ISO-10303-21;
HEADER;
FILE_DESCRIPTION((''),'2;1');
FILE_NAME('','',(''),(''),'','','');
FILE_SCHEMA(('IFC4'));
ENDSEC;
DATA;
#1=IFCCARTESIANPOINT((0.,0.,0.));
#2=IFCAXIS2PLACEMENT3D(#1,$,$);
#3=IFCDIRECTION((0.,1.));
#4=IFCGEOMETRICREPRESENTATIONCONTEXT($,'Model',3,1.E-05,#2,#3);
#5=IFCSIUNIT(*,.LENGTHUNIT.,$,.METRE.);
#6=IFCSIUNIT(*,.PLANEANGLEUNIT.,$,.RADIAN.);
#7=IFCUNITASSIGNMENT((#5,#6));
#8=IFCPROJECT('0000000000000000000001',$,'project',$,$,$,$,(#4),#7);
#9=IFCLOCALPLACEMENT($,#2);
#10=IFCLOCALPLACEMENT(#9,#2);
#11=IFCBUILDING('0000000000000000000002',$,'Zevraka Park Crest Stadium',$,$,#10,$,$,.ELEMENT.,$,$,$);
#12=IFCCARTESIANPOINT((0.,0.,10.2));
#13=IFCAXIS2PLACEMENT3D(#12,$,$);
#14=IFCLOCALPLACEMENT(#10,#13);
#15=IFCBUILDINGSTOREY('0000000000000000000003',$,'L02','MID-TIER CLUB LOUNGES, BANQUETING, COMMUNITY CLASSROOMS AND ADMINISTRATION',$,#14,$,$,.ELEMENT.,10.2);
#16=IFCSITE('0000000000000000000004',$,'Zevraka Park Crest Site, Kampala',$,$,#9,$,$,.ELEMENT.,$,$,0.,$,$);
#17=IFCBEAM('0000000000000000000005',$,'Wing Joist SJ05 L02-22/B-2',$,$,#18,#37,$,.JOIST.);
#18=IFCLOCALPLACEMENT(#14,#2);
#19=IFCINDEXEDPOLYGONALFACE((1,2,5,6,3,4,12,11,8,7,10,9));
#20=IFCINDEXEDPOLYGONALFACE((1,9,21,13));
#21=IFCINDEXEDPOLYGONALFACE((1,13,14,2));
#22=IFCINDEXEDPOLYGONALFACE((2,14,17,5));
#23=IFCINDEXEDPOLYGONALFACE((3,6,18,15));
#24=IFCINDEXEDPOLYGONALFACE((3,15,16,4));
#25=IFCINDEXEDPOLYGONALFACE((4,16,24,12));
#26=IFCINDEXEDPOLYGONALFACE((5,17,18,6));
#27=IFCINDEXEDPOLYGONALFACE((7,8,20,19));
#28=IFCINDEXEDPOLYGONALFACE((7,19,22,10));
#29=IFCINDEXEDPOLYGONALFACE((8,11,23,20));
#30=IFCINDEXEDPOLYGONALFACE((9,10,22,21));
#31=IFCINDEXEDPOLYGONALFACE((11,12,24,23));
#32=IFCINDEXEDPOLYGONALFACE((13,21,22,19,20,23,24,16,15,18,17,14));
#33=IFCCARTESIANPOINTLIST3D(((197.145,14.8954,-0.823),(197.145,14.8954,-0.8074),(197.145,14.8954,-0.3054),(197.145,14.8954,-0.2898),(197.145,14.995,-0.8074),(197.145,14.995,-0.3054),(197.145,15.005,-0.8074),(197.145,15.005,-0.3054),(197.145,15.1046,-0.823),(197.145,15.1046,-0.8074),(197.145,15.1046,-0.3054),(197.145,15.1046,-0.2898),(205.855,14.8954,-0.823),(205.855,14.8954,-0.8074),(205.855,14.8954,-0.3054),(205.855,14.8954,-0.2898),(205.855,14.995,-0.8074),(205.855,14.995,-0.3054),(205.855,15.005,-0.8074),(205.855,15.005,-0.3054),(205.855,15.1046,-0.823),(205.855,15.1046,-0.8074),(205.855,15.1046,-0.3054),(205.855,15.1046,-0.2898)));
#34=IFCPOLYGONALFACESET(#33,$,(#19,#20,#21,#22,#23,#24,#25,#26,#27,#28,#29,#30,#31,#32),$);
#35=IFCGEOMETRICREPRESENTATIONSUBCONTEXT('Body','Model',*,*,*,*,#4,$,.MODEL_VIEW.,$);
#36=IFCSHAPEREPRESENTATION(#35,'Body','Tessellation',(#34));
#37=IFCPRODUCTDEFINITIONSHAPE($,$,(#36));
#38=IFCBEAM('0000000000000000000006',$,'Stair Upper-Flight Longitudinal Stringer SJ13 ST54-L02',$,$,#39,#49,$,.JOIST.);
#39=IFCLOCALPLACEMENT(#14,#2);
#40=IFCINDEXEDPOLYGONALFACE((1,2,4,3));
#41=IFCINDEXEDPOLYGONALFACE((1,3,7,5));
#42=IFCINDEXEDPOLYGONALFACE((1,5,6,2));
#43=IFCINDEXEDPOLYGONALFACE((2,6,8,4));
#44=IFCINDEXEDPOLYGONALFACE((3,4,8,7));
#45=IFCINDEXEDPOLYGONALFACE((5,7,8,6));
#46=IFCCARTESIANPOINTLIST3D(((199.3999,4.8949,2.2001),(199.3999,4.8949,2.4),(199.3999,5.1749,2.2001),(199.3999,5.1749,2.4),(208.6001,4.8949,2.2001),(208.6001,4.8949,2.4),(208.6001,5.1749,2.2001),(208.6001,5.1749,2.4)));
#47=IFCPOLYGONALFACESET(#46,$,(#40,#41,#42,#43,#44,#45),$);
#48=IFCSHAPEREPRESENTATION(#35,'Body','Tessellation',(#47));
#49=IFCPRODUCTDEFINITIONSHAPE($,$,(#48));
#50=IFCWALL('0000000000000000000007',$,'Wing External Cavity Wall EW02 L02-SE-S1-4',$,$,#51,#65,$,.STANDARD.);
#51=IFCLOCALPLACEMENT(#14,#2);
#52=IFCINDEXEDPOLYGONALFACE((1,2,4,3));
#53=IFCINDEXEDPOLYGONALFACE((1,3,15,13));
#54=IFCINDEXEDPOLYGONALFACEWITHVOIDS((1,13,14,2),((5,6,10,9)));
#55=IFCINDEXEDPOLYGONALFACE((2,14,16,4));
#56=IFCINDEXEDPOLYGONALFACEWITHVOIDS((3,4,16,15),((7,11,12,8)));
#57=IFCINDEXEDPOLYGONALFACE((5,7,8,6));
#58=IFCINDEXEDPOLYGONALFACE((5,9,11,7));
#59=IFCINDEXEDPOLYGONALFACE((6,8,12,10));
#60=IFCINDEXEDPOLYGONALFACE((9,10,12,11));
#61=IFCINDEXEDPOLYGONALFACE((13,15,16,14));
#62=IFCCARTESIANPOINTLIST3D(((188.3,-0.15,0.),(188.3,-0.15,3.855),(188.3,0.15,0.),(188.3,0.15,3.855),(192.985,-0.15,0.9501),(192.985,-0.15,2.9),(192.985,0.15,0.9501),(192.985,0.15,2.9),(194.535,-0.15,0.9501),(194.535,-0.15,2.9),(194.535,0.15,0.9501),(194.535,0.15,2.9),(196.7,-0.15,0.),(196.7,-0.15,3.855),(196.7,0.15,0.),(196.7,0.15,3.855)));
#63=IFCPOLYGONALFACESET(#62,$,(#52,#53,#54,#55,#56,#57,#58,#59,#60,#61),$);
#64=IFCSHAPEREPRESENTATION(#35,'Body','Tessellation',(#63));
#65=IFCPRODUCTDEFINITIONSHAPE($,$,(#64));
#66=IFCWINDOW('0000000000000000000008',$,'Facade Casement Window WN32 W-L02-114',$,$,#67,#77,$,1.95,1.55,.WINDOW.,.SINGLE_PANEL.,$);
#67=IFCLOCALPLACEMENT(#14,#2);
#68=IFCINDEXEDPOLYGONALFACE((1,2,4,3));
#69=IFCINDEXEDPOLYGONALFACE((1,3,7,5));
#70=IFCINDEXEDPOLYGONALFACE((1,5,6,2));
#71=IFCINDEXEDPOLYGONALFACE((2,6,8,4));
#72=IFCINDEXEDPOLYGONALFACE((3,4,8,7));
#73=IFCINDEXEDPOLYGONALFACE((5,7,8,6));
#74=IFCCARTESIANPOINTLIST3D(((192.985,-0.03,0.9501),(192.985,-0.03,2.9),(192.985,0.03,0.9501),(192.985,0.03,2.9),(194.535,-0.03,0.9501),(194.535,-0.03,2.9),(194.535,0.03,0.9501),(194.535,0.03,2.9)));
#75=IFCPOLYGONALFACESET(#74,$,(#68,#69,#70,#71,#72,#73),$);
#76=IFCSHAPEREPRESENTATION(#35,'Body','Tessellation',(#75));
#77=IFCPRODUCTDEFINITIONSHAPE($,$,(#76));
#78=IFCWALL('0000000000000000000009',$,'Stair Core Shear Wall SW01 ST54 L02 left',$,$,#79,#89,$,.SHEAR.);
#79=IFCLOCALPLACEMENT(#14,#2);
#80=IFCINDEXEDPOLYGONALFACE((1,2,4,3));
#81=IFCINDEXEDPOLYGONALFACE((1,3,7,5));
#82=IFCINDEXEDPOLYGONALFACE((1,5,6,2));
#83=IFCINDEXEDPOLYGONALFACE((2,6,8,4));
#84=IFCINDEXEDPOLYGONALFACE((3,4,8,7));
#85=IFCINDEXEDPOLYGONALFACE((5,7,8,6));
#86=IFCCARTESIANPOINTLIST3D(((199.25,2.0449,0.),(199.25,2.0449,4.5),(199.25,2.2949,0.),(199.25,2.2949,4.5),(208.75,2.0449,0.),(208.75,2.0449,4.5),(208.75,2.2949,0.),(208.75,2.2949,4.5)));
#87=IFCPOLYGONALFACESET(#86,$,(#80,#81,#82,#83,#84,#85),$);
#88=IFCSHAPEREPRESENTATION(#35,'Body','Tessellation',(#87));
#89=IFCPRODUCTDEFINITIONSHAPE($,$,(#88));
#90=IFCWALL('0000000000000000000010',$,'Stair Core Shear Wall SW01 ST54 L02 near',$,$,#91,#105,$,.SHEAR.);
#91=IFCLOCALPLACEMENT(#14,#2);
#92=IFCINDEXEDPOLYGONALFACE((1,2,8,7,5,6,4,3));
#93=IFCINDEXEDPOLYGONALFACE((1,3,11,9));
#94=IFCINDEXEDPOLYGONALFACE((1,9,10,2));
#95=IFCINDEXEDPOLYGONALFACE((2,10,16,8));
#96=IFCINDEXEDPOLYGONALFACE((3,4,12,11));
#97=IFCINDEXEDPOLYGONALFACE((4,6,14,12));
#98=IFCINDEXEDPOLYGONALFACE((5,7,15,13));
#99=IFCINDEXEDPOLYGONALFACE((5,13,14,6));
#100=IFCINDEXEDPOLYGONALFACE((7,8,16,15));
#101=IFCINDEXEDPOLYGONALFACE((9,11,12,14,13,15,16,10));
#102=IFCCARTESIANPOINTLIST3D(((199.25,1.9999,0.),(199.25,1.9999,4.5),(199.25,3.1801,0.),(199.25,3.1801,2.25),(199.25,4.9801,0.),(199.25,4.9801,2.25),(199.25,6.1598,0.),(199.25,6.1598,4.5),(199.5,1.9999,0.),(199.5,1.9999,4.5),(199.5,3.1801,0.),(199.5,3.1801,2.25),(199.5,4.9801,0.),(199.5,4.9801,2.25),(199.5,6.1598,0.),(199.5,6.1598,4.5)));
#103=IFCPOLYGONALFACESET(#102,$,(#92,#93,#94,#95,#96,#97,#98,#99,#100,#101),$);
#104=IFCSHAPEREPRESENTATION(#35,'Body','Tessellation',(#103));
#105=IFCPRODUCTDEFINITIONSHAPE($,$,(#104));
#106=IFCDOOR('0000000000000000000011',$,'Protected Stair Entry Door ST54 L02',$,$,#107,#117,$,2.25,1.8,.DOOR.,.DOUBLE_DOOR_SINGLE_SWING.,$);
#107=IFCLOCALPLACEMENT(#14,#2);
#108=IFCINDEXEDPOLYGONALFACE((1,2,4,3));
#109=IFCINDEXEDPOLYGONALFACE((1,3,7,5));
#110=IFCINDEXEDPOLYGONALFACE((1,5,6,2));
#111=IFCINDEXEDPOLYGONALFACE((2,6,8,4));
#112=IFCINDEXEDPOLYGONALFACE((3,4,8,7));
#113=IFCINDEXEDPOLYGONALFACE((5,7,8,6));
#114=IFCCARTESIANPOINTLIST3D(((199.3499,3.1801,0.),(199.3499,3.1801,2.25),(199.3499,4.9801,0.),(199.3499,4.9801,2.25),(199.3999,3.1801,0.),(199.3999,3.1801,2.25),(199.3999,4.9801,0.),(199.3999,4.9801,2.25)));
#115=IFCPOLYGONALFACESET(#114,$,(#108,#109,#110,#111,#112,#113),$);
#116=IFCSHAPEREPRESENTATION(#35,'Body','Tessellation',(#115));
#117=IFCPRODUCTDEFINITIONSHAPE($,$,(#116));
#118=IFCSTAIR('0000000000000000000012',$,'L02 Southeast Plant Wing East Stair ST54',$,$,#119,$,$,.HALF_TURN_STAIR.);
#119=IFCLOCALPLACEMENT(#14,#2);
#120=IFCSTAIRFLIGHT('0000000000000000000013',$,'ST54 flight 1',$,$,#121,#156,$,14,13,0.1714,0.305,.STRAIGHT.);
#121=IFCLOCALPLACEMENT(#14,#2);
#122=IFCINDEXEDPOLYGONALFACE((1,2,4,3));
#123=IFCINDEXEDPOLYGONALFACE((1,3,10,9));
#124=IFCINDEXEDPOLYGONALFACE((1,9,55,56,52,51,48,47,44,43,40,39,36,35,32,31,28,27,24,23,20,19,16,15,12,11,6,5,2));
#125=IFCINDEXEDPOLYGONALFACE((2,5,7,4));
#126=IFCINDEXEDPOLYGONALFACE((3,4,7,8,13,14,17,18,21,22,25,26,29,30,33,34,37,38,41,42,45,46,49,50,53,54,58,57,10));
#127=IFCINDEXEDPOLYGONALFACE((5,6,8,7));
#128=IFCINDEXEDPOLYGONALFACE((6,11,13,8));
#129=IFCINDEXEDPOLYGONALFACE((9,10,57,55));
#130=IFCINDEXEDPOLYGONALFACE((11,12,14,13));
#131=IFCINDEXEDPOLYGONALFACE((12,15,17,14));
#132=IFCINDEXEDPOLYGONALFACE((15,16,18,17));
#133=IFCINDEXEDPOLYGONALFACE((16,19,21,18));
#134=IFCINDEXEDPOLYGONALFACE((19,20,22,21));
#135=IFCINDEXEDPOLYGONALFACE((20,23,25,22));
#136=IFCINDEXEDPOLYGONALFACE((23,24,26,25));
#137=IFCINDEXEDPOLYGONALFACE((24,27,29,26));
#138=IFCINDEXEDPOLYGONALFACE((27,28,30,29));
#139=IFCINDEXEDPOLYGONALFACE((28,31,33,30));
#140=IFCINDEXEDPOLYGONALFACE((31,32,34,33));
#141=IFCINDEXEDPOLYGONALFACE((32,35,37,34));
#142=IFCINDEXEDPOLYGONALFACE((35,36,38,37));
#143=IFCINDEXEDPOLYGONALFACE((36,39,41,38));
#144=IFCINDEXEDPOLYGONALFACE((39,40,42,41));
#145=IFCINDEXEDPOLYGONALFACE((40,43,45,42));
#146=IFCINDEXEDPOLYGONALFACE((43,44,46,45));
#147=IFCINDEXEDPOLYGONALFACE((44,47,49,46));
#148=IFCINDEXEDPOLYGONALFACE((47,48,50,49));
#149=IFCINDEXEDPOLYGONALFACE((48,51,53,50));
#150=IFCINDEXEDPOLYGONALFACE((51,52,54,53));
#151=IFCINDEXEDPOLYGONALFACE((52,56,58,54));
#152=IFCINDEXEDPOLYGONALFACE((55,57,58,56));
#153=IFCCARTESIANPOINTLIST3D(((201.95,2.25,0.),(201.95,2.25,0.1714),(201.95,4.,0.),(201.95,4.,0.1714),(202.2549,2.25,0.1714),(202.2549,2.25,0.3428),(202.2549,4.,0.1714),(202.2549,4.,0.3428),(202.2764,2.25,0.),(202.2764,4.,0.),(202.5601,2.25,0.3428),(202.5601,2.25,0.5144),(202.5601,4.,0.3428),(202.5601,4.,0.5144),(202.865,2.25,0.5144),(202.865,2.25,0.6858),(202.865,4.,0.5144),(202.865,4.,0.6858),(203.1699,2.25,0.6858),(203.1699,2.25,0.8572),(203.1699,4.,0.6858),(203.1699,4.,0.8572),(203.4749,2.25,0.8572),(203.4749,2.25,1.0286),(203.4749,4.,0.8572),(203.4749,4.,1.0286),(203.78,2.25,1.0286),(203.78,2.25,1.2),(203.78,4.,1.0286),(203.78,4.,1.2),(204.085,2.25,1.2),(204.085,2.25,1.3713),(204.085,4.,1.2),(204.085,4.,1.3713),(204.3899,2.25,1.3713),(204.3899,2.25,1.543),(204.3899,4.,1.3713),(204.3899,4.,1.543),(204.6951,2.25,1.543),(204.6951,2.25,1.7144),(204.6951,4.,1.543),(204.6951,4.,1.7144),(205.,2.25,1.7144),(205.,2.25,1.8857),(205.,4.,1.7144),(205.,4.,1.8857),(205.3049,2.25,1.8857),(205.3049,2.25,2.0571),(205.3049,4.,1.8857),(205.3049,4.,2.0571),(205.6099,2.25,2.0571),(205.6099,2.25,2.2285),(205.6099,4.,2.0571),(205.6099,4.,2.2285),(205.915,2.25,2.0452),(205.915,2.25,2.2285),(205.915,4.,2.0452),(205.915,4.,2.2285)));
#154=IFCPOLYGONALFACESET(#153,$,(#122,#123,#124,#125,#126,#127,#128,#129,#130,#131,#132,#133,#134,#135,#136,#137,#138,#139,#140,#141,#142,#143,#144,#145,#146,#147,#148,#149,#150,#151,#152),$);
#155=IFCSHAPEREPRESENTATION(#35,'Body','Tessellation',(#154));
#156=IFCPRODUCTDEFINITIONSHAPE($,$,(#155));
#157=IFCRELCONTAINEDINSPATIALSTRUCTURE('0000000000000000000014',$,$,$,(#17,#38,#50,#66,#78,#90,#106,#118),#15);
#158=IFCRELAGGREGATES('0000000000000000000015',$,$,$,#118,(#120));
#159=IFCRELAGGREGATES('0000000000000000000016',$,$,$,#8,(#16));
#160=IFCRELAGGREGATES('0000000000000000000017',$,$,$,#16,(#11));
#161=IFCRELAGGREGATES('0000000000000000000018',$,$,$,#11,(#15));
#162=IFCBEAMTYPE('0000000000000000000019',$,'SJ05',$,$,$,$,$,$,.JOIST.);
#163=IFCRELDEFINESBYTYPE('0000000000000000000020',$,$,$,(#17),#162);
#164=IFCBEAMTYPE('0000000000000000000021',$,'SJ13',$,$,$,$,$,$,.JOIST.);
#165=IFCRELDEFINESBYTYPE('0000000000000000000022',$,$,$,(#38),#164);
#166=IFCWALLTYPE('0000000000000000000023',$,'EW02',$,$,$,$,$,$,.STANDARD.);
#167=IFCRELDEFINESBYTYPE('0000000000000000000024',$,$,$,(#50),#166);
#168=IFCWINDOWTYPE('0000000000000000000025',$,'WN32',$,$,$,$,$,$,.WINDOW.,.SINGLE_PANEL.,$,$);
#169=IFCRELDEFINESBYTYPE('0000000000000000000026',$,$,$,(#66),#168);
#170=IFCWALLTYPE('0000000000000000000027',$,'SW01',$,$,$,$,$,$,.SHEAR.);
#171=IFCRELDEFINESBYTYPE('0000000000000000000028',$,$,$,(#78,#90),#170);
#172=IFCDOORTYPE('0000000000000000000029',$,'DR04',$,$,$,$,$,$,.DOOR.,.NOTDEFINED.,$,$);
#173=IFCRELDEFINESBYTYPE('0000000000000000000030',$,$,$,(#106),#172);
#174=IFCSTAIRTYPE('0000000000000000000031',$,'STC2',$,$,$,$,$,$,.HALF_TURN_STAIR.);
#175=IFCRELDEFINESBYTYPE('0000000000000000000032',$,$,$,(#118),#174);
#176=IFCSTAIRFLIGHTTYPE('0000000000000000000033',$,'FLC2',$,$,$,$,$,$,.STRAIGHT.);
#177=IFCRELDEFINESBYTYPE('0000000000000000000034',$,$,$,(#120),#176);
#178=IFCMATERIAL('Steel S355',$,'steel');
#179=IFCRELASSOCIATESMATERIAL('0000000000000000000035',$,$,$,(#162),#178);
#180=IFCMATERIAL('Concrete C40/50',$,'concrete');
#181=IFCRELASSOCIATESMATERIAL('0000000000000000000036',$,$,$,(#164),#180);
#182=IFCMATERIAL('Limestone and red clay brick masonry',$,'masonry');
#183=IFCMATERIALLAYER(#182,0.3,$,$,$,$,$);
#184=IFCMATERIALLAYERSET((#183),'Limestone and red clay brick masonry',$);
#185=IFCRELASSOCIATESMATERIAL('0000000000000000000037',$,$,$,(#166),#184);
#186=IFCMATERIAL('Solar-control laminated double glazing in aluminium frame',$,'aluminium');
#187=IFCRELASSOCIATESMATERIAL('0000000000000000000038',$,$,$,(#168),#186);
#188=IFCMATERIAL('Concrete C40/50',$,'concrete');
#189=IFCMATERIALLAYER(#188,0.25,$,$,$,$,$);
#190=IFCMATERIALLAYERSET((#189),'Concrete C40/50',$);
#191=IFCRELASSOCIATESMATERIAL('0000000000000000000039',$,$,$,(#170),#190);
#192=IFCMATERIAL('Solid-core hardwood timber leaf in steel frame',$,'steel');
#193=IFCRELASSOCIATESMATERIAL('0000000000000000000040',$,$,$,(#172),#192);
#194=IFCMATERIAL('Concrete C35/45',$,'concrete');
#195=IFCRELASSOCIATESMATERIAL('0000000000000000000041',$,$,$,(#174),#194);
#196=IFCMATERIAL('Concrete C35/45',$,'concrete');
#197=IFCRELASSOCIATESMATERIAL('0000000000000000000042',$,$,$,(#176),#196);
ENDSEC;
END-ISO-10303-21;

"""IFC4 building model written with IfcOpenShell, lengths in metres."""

from ifc_helpers import new_model, si_unit, direction, frame, frame_2d, origin, origin_2d, place, context, subcontext, project, spatial, polyline, rectangle, i_section, outline, extrude, material, layer, layer_set, material_profile, profile_set, type_object, element, fill, aggregate, save


model = new_model("IFC4")

# Units and contexts
model_context = context("Model", 3, precision=1e-05, world=origin(), true_north=direction((0.0, 1.0)))
body_context = subcontext(model_context, "Body", "Model", "MODEL_VIEW")
ifc_project = project(units=[si_unit("LENGTHUNIT", "METRE"), si_unit("PLANEANGLEUNIT", "RADIAN")], contexts=[model_context])

# Site, building, storey
site_placement = place(None, origin())
site = spatial("IfcSite", under=ifc_project, at=site_placement, Name="Zevraka Park Crest Site, Kampala", CompositionType="ELEMENT", RefElevation=0.0)
building_placement = place(site_placement, origin())
building = spatial("IfcBuilding", under=site, at=building_placement, Name="Zevraka Park Crest Stadium", CompositionType="ELEMENT")
storey_placement = place(building_placement, frame((0.0, 0.0, 10.2)))
storey = spatial("IfcBuildingStorey", under=building, at=storey_placement, Name="L02", Description="MID-TIER CLUB LOUNGES, BANQUETING, COMMUNITY CLASSROOMS AND ADMINISTRATION", CompositionType="ELEMENT", Elevation=10.2)

# Beams
ifc_material_1 = material(Name="Steel S355", Category="steel")
ifc_material_profile_1 = material_profile(ifc_material_1, i_section(OverallWidth=0.2092, OverallDepth=0.5332, WebThickness=0.01, FlangeThickness=0.0156, at=origin_2d()), Name="UKB 533x210x92")
ifc_profile_set_1 = profile_set([ifc_material_profile_1], Name="Steel S355")
beam_type_1 = type_object("IfcBeamType", Name="SJ05", PredefinedType="JOIST", material=ifc_profile_set_1)
for number, where, z_axis, x_axis, name in (
    (1, (197.145, 15.0, -0.5564), (1.0, 0.0, 0.0), (0.0, 1.0, 0.0), "Wing Joist SJ05 L02-22/B-2"),
):
    element("IfcBeam", number, at=place(storey_placement, frame(where, z_axis=z_axis, x_axis=x_axis)), inside=storey, type_object=beam_type_1, Name=name, PredefinedType="JOIST", context=body_context, shape_type="SweptSolid", body=[
        extrude(i_section(OverallWidth=0.2092, OverallDepth=0.5332, WebThickness=0.01, FlangeThickness=0.0156, at=origin_2d()), origin(), (0.0, 0.0, 1.0), 8.71),
    ])
ifc_material_2 = material(Name="Concrete C40/50", Category="concrete")
ifc_material_profile_2 = material_profile(ifc_material_2, rectangle(XDim=0.28, YDim=0.2, at=origin_2d()), Name="RC 200x280")
ifc_profile_set_2 = profile_set([ifc_material_profile_2], Name="Concrete C40/50")
beam_type_2 = type_object("IfcBeamType", Name="SJ13", PredefinedType="JOIST", material=ifc_profile_set_2)
beam_placement = place(storey_placement, frame((199.3999, 5.0349, 2.3), z_axis=(1.0, 0.0, 0.0), x_axis=(0.0, 1.0, 0.0)))
element("IfcBeam", 2, at=beam_placement, inside=storey, type_object=beam_type_2, Name="Stair Upper-Flight Longitudinal Stringer SJ13 ST54-L02", PredefinedType="JOIST", context=body_context, shape_type="SweptSolid", body=[
    extrude(rectangle(XDim=0.28, YDim=0.2, at=origin_2d()), origin(), (0.0, 0.0, 1.0), 9.2002),
])

# Wall, opening, window
ifc_material_3 = material(Name="Limestone and red clay brick masonry", Category="masonry")
ifc_layer_1 = layer(ifc_material_3, 0.3)
ifc_layer_set_1 = layer_set([ifc_layer_1], Name="Limestone and red clay brick masonry")
wall_type_1 = type_object("IfcWallType", Name="EW02", PredefinedType="STANDARD", material=ifc_layer_set_1)
wall_1_placement = place(storey_placement, frame((196.7, 0.0, 0.0), z_axis=(0.0, 0.0, 1.0), x_axis=(-1.0, 0.0, 0.0)))
wall_1 = element("IfcWall", 3, at=wall_1_placement, inside=storey, type_object=wall_type_1, Name="Wing External Cavity Wall EW02 L02-SE-S1-4", PredefinedType="STANDARD", context=body_context, shape_type="SweptSolid", body=[
    extrude(rectangle(XDim=8.3999, YDim=0.3, at=frame_2d((4.2, 0.0))), origin(), (0.0, 0.0, 1.0), 3.855),
])
opening_1_placement = place(wall_1_placement, frame((2.165, 0.0, 0.95)))
opening_1 = element("IfcOpeningElement", 4, at=opening_1_placement, cuts=wall_1, PredefinedType="OPENING", context=body_context, shape_type="SweptSolid", body=[
    extrude(rectangle(XDim=1.55, YDim=1.95, at=frame_2d((0.7749, 0.9751))), frame((0.0, 0.1599, 0.0), z_axis=(0.0, -1.0, 0.0), x_axis=(1.0, 0.0, 0.0)), (0.0, 0.0, 1.0), 0.3201),
])
ifc_material_4 = material(Name="Solar-control laminated double glazing in aluminium frame", Category="aluminium")
window_type = type_object("IfcWindowType", Name="WN32", PartitioningType="SINGLE_PANEL", PredefinedType="WINDOW", material=ifc_material_4)
window_placement = place(opening_1_placement, origin())
window = element("IfcWindow", 5, at=window_placement, inside=storey, type_object=window_type, Name="Facade Casement Window WN32 W-L02-114", OverallHeight=1.95, OverallWidth=1.55, PartitioningType="SINGLE_PANEL", PredefinedType="WINDOW", context=body_context, shape_type="SweptSolid", body=[
    extrude(rectangle(XDim=1.55, YDim=1.95, at=frame_2d((0.7749, 0.9751))), frame((0.0, 0.03, 0.0), z_axis=(0.0, -1.0, 0.0), x_axis=(1.0, 0.0, 0.0)), (0.0, 0.0, 1.0), 0.0601),
])
fill(opening_1, window)

# Wall
ifc_material_5 = material(Name="Concrete C40/50", Category="concrete")
ifc_layer_2 = layer(ifc_material_5, 0.25)
ifc_layer_set_2 = layer_set([ifc_layer_2], Name="Concrete C40/50")
wall_type_2 = type_object("IfcWallType", Name="SW01", PredefinedType="SHEAR", material=ifc_layer_set_2)
wall_2_placement = place(storey_placement, frame((199.25, 2.1699, 0.0), z_axis=(0.0, 0.0, 1.0), x_axis=(1.0, 0.0, 0.0)))
element("IfcWall", 6, at=wall_2_placement, inside=storey, type_object=wall_type_2, Name="Stair Core Shear Wall SW01 ST54 L02 left", PredefinedType="SHEAR", context=body_context, shape_type="SweptSolid", body=[
    extrude(rectangle(XDim=9.5, YDim=0.25, at=frame_2d((4.75, 0.0))), origin(), (0.0, 0.0, 1.0), 4.5),
])

# Wall, opening, door
wall_3_placement = place(storey_placement, frame((199.375, 6.1599, 0.0), z_axis=(0.0, 0.0, 1.0), x_axis=(0.0, -1.0, 0.0)))
wall_3 = element("IfcWall", 7, at=wall_3_placement, inside=storey, type_object=wall_type_2, Name="Stair Core Shear Wall SW01 ST54 L02 near", PredefinedType="SHEAR", context=body_context, shape_type="SweptSolid", body=[
    extrude(rectangle(XDim=4.1599, YDim=0.25, at=frame_2d((2.0801, 0.0))), origin(), (0.0, 0.0, 1.0), 4.5),
])
opening_2_placement = place(wall_3_placement, frame((1.1799, 0.0, 0.0)))
opening_2 = element("IfcOpeningElement", 8, at=opening_2_placement, cuts=wall_3, PredefinedType="OPENING", context=body_context, shape_type="SweptSolid", body=[
    extrude(rectangle(XDim=1.8, YDim=2.25, at=frame_2d((0.8999, 1.125))), frame((0.0, 0.135, 0.0), z_axis=(0.0, -1.0, 0.0), x_axis=(1.0, 0.0, 0.0)), (0.0, 0.0, 1.0), 0.27),
])
ifc_material_6 = material(Name="Solid-core hardwood timber leaf in steel frame", Category="steel")
door_type = type_object("IfcDoorType", Name="DR04", OperationType="NOTDEFINED", PredefinedType="DOOR", material=ifc_material_6)
door_placement = place(opening_2_placement, origin())
door = element("IfcDoor", 9, at=door_placement, inside=storey, type_object=door_type, Name="Protected Stair Entry Door ST54 L02", OperationType="DOUBLE_DOOR_SINGLE_SWING", OverallHeight=2.25, OverallWidth=1.8, PredefinedType="DOOR", context=body_context, shape_type="SweptSolid", body=[
    extrude(rectangle(XDim=1.8, YDim=2.25, at=frame_2d((0.8999, 1.125))), frame((0.0, 0.0249, 0.0), z_axis=(0.0, -1.0, 0.0), x_axis=(1.0, 0.0, 0.0)), (0.0, 0.0, 1.0), 0.05),
])
fill(opening_2, door)

# Stair, stair flight
ifc_material_7 = material(Name="Concrete C35/45", Category="concrete")
stair_type = type_object("IfcStairType", Name="STC2", PredefinedType="HALF_TURN_STAIR", material=ifc_material_7)
stair_placement = place(storey_placement, origin())
stair = element("IfcStair", 10, at=stair_placement, inside=storey, type_object=stair_type, Name="L02 Southeast Plant Wing East Stair ST54", PredefinedType="HALF_TURN_STAIR")
ifc_material_8 = material(Name="Concrete C35/45", Category="concrete")
stair_flight_type = type_object("IfcStairFlightType", Name="FLC2", PredefinedType="STRAIGHT", material=ifc_material_8)
stair_flight_placement = place(storey_placement, frame((201.95, 3.125, 0.0), z_axis=(0.0, 0.0, 1.0), x_axis=(1.0, 0.0, 0.0)))
stair_flight = element("IfcStairFlight", 11, at=stair_flight_placement, type_object=stair_flight_type, Name="ST54 flight 1", NumberOfRisers=14, NumberOfTreads=13, PredefinedType="STRAIGHT", RiserHeight=0.1714, TreadLength=0.305, context=body_context, shape_type="SweptSolid", body=[
    extrude(outline(polyline([(0.0, 0.0), (0.0, 0.1714), (0.3049, 0.1714), (0.3049, 0.3428), (0.6101, 0.3428), (0.6101, 0.5144), (0.915, 0.5144), (0.915, 0.6858), (1.22, 0.6858), (1.22, 0.8572), (1.5249, 0.8572), (1.5249, 1.0286), (1.8301, 1.0286), (1.8301, 1.2), (2.135, 1.2), (2.135, 1.3713), (2.4399, 1.3713), (2.4399, 1.543), (2.7451, 1.543), (2.7451, 1.7144), (3.05, 1.7144), (3.05, 1.8857), (3.355, 1.8857), (3.355, 2.0571), (3.6599, 2.0571), (3.6599, 2.2285), (3.9651, 2.2285), (3.9651, 2.3999), (3.9651, 2.0452), (0.3264, 0.0), (0.0, 0.0)])), frame((0.0, 0.875, 0.0), z_axis=(0.0, -1.0, 0.0), x_axis=(1.0, 0.0, 0.0)), (0.0, 0.0, 1.0), 1.75),
])
aggregate(stair, [stair_flight])

save(model, "model.ifc")
